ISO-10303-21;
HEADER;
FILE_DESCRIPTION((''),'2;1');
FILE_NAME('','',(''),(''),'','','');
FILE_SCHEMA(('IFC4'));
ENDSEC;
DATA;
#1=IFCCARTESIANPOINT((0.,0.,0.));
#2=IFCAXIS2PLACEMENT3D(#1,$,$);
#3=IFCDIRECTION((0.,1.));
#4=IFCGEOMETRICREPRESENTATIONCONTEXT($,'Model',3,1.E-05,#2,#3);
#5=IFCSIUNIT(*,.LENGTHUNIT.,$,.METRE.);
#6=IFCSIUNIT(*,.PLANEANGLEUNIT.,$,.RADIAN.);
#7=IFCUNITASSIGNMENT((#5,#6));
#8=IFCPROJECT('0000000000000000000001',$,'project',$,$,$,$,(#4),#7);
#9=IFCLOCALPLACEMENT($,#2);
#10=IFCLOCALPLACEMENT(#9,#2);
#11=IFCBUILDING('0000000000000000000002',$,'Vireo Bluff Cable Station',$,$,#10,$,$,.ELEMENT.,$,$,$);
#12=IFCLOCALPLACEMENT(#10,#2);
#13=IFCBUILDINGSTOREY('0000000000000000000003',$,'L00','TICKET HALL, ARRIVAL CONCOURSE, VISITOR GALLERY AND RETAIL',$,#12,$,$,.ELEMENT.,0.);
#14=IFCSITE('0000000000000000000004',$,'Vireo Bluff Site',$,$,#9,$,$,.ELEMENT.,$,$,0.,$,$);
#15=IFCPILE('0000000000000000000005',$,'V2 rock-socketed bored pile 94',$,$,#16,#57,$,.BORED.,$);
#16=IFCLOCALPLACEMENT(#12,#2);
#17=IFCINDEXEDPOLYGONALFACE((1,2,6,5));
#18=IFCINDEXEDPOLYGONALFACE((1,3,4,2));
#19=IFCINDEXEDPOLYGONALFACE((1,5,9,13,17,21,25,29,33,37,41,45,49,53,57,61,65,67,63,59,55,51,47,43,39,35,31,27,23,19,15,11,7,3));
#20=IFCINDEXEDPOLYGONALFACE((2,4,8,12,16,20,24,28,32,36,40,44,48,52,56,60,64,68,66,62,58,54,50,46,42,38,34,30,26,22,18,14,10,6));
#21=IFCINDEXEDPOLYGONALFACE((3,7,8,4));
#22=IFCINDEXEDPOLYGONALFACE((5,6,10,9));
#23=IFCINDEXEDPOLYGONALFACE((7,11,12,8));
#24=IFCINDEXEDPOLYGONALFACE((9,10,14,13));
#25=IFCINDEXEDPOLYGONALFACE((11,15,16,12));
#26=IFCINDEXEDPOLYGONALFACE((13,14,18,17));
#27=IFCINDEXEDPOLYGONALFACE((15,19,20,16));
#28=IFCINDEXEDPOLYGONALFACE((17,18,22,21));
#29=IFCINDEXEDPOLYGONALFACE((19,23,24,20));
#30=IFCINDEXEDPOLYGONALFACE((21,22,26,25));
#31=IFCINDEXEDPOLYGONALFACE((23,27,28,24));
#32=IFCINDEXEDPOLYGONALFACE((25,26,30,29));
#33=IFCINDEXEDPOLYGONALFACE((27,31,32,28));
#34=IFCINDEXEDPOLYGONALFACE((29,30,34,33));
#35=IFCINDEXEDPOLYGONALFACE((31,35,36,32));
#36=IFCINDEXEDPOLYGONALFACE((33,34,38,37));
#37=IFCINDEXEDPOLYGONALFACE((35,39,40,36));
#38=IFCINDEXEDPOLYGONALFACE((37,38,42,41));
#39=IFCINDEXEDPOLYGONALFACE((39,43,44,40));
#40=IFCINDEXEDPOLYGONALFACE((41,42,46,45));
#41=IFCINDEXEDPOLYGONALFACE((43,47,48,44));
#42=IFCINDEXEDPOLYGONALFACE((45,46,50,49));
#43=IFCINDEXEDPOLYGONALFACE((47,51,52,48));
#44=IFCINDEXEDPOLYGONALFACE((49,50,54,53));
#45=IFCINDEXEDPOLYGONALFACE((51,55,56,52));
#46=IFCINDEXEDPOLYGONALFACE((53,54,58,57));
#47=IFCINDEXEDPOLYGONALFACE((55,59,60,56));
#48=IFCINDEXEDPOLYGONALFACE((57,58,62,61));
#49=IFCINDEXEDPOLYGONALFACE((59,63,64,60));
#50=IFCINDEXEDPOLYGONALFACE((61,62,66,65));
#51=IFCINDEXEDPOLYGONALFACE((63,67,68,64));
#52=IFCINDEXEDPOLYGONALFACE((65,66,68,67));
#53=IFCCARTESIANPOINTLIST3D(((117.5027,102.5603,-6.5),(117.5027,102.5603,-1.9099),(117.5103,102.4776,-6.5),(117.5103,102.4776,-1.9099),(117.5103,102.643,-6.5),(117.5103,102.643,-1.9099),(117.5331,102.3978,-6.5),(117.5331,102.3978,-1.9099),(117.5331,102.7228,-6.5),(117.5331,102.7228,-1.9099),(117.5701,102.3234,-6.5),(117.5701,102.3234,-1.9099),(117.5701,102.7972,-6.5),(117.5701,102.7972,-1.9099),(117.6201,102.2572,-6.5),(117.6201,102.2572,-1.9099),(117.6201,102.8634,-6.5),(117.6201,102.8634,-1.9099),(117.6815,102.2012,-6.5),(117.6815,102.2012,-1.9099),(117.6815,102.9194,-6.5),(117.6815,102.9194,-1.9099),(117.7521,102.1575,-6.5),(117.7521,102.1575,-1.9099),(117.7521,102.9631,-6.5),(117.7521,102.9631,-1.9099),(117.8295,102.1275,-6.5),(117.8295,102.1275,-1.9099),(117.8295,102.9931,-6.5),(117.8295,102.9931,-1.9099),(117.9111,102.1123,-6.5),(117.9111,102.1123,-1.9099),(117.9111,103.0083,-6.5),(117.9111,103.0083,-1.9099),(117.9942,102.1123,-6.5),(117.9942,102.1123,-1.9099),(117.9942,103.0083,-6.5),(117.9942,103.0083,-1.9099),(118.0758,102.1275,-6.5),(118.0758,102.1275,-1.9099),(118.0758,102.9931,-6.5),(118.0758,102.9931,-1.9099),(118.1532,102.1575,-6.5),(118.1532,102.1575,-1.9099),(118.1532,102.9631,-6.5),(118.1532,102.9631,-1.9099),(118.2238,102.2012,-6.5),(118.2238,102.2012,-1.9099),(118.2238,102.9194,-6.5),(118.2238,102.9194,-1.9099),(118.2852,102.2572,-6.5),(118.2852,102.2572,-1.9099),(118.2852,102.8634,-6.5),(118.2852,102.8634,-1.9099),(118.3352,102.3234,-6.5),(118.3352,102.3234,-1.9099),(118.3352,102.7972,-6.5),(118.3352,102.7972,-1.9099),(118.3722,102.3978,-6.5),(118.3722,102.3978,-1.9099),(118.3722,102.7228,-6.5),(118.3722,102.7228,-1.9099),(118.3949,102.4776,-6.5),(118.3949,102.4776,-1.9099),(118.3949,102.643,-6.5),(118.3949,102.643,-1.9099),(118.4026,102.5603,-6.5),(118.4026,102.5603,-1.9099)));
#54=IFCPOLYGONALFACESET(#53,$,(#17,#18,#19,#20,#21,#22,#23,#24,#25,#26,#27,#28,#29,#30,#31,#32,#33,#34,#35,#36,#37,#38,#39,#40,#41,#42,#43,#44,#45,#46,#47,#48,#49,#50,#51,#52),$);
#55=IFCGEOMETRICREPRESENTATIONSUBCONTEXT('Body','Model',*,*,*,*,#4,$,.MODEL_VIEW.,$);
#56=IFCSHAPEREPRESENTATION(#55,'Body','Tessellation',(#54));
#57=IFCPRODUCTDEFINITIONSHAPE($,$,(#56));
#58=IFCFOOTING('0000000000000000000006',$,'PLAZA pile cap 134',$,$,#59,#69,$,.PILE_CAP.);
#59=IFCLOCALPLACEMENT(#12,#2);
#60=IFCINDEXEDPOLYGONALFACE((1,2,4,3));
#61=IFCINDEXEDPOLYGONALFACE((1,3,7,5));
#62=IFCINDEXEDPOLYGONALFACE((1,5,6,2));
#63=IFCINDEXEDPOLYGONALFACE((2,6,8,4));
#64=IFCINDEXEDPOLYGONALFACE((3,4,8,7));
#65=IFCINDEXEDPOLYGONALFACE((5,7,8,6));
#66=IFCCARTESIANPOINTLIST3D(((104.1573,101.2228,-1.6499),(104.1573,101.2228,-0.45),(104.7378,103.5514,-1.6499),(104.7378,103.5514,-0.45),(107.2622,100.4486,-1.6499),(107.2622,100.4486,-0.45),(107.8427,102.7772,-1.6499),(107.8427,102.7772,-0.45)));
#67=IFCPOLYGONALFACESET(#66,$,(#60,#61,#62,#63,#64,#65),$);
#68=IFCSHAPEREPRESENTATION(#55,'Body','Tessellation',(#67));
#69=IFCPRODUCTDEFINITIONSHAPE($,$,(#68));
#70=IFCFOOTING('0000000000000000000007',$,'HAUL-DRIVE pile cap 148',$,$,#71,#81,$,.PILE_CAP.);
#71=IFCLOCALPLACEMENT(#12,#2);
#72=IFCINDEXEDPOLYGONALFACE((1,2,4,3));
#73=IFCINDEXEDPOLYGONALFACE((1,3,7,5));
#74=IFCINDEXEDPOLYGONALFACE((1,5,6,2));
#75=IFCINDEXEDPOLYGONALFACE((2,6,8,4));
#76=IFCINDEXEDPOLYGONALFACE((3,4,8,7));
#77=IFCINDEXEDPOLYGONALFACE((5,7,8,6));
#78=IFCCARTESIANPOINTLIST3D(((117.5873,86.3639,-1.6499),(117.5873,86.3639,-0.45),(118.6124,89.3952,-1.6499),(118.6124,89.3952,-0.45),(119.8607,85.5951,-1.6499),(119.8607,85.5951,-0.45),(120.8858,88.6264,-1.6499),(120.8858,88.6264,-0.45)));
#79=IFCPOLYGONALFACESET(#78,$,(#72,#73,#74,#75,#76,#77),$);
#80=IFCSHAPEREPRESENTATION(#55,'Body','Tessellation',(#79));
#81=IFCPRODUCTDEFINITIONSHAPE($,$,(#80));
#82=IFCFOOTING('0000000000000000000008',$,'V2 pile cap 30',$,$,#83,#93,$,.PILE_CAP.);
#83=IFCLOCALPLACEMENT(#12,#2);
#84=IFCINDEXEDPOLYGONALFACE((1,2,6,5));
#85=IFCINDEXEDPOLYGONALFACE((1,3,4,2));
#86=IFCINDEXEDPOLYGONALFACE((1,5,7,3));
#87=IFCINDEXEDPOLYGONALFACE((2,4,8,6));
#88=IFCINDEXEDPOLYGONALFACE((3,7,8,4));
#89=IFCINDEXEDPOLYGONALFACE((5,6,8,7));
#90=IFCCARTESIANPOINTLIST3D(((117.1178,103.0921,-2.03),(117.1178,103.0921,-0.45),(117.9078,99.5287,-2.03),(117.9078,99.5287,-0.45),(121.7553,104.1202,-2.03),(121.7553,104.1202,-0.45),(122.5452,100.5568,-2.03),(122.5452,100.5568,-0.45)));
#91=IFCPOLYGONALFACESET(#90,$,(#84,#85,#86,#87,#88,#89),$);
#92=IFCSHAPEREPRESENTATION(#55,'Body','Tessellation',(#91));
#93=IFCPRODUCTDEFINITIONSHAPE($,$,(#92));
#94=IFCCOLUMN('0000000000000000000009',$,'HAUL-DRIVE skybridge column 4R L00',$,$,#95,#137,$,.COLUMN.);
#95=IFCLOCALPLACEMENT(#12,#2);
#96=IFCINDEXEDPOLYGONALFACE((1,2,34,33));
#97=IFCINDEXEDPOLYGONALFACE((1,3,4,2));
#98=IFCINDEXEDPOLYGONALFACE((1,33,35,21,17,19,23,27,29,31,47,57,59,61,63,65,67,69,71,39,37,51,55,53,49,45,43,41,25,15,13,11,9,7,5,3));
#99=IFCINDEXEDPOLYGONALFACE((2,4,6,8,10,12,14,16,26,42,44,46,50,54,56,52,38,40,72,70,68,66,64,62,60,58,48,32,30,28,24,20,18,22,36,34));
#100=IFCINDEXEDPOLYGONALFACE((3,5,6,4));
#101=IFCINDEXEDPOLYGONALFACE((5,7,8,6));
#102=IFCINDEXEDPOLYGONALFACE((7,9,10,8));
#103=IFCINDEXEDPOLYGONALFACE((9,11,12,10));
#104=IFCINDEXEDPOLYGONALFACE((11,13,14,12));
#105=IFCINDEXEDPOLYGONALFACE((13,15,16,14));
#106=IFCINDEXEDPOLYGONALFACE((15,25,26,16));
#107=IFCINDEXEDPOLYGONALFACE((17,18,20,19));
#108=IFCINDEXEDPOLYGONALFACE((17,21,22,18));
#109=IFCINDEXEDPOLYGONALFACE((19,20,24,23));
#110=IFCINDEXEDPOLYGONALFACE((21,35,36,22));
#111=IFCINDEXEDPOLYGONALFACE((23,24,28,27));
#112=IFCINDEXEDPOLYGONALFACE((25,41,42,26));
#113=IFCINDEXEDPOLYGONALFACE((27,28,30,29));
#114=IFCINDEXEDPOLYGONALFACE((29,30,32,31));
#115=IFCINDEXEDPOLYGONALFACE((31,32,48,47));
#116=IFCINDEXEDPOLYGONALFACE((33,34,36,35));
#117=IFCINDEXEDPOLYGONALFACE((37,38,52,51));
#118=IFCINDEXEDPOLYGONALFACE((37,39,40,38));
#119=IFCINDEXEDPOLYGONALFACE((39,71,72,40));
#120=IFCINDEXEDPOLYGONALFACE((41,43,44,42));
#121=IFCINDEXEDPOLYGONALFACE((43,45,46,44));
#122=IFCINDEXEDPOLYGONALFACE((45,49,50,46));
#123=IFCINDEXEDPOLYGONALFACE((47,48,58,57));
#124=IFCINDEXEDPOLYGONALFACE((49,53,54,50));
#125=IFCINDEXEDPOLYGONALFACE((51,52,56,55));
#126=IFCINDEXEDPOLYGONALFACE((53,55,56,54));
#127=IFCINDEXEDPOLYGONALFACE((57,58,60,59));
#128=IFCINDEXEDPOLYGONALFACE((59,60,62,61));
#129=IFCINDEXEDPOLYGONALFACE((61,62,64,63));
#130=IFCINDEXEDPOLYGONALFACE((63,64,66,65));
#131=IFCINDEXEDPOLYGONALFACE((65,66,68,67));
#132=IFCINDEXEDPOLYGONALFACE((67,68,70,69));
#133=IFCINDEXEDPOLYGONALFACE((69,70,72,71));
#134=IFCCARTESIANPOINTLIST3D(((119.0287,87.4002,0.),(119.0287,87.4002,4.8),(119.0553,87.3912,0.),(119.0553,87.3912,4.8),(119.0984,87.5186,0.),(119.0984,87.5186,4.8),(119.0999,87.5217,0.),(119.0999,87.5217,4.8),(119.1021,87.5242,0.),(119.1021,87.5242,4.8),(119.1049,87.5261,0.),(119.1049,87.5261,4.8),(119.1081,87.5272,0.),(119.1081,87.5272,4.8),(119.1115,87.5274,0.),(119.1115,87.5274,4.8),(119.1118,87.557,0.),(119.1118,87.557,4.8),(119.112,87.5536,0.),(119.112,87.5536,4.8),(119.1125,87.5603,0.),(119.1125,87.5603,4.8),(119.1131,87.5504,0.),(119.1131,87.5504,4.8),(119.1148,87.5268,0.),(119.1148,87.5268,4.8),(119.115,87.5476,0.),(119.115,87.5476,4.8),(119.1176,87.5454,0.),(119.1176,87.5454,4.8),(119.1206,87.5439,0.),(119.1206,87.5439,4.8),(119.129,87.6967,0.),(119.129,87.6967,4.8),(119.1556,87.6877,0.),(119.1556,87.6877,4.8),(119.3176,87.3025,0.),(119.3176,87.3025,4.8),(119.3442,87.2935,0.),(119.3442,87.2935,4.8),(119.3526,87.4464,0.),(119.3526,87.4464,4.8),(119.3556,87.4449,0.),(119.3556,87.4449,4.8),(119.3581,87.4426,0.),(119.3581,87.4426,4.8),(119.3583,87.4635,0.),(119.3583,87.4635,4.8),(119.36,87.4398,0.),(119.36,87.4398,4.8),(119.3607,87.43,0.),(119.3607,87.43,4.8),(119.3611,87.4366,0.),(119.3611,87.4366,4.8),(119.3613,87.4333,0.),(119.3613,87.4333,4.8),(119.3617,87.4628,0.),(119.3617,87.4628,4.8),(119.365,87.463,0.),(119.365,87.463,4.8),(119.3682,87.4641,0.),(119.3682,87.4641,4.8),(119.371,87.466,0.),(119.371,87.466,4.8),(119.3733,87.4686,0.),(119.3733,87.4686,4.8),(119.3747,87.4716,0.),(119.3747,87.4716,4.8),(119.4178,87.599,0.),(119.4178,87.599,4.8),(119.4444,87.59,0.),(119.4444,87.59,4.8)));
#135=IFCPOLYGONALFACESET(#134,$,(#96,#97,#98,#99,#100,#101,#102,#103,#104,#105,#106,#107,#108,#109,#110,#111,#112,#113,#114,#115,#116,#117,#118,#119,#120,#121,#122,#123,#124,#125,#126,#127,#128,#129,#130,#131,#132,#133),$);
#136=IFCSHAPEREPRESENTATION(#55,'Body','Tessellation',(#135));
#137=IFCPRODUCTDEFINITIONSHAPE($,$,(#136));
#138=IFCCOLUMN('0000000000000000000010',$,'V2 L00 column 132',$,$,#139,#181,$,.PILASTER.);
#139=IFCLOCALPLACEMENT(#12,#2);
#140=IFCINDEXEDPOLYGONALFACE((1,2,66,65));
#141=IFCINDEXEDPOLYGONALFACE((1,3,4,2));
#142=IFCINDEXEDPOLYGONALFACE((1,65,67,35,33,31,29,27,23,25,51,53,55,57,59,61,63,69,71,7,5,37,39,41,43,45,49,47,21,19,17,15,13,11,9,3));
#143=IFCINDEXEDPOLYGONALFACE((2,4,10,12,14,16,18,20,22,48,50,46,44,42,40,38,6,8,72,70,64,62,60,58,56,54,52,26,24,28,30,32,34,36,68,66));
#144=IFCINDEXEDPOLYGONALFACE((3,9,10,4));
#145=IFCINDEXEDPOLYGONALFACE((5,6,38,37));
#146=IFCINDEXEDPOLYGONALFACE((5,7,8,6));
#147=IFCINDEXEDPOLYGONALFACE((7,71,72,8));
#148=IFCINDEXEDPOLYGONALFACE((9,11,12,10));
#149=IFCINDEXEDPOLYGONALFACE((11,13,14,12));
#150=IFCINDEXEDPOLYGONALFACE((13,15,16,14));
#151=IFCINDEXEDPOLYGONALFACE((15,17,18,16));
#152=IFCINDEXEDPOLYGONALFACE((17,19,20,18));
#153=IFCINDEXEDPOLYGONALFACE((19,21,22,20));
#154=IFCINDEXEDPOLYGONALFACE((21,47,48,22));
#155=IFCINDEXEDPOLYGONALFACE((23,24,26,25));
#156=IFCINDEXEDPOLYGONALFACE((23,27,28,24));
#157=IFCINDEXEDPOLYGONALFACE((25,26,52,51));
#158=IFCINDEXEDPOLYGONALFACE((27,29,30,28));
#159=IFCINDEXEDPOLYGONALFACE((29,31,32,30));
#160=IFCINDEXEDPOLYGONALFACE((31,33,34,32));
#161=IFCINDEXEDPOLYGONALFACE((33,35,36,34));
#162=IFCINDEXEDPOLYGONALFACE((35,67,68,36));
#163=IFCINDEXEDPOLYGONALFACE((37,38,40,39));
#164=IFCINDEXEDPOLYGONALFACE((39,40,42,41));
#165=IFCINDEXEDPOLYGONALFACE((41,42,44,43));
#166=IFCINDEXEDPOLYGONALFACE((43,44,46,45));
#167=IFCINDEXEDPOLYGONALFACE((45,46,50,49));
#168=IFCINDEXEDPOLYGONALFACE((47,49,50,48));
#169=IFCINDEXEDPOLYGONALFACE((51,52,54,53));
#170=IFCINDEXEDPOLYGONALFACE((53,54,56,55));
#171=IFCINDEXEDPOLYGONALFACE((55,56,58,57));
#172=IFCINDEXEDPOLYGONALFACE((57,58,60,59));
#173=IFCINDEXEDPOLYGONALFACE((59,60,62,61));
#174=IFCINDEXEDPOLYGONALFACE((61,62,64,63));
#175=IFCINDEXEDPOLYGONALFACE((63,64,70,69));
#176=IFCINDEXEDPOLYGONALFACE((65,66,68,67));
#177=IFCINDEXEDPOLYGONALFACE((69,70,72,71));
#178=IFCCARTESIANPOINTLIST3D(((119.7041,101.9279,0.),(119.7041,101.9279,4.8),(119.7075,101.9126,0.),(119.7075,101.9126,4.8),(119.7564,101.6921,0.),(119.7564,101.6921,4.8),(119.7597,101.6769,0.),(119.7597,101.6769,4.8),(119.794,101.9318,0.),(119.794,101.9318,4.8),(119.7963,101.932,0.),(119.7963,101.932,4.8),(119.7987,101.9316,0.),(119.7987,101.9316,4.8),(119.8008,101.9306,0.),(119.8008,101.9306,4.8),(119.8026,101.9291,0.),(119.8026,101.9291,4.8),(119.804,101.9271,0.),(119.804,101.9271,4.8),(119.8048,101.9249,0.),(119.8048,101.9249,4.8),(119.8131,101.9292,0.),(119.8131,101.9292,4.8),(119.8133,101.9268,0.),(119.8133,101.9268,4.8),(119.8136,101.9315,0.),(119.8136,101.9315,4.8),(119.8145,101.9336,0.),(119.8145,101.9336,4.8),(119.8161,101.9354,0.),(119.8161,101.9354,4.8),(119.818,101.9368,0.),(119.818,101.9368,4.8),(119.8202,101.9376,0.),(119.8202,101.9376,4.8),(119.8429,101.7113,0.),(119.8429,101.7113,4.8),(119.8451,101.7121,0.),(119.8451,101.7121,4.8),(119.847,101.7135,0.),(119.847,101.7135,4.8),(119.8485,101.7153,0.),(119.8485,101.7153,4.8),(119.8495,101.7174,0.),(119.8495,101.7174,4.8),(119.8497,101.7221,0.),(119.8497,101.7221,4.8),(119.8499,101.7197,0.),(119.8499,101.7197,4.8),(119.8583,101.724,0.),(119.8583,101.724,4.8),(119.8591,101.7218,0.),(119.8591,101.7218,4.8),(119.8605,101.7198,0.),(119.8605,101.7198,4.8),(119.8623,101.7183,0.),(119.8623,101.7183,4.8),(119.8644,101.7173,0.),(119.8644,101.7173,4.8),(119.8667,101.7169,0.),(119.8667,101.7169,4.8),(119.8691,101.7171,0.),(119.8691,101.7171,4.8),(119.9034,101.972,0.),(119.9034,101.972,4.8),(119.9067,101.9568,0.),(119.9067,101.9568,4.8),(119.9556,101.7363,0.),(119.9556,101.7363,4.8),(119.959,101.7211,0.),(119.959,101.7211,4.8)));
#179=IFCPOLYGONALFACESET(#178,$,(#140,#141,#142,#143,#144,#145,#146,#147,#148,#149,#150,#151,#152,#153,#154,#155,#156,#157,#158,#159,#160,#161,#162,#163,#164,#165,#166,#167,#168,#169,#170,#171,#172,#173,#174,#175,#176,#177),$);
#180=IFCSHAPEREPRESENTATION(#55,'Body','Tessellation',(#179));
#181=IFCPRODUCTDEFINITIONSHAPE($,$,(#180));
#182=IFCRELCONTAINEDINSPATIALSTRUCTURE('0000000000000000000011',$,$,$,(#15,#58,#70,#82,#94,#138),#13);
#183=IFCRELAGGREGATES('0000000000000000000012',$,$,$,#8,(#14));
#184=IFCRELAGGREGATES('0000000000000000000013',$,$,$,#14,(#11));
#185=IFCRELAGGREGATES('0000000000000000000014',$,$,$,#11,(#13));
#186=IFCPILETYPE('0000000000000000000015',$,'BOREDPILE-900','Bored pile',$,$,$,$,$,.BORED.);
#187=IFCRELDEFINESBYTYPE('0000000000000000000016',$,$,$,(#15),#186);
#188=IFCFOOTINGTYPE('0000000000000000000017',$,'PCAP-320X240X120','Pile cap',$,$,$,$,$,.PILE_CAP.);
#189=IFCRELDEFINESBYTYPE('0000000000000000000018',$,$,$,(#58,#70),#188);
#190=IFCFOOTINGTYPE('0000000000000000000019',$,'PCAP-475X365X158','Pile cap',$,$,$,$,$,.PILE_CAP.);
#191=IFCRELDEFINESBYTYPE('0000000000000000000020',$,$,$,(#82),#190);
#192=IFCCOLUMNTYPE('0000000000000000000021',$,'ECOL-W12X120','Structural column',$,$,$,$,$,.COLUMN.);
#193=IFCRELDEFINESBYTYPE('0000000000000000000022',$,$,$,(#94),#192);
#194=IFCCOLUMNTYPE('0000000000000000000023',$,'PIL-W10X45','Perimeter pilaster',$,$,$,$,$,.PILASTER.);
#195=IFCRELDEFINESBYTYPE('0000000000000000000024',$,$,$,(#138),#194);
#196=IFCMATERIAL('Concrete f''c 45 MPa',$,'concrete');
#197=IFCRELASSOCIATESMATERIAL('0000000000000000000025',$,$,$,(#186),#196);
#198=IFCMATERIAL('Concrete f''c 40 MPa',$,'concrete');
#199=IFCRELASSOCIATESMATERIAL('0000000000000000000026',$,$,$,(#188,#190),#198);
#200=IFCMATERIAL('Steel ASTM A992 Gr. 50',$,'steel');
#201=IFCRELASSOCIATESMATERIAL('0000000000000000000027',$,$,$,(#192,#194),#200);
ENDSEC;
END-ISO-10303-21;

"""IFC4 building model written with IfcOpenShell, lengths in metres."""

from ifc_helpers import new_model, si_unit, direction, frame, origin, origin_2d, place, context, subcontext, project, spatial, rectangle, circle, i_section, extrude, material, material_profile, profile_set, type_object, element, save


model = new_model("IFC4")

# Units and contexts
model_context = context("Model", 3, precision=1e-05, world=origin(), true_north=direction((0.0, 1.0)))
body_context = subcontext(model_context, "Body", "Model", "MODEL_VIEW")
ifc_project = project(units=[si_unit("LENGTHUNIT", "METRE"), si_unit("PLANEANGLEUNIT", "RADIAN")], contexts=[model_context])

# Site, building, storey
site_placement = place(None, origin())
site = spatial("IfcSite", under=ifc_project, at=site_placement, Name="Vireo Bluff Site", CompositionType="ELEMENT", RefElevation=0.0)
building_placement = place(site_placement, origin())
building = spatial("IfcBuilding", under=site, at=building_placement, Name="Vireo Bluff Cable Station", CompositionType="ELEMENT")
storey_placement = place(building_placement, origin())
storey = spatial("IfcBuildingStorey", under=building, at=storey_placement, Name="L00", Description="TICKET HALL, ARRIVAL CONCOURSE, VISITOR GALLERY AND RETAIL", CompositionType="ELEMENT", Elevation=0.0)

# Pile
ifc_material_1 = material(Name="Concrete f'c 45 MPa", Category="concrete")
ifc_material_profile_1 = material_profile(ifc_material_1, circle(Radius=0.45, at=origin_2d()), Name="BOREDPILE-900")
ifc_profile_set_1 = profile_set([ifc_material_profile_1], Name="Concrete f'c 45 MPa")
pile_type_1 = type_object("IfcPileType", Name="BOREDPILE-900", Description="Bored pile", PredefinedType="BORED", material=ifc_profile_set_1)
for number, where, z_axis, x_axis, name in (
    (1, (117.9526, 102.5603, -1.9099), (0.0, 0.0, -1.0), (1.0, 0.0, 0.0), "V2 rock-socketed bored pile 94"),
):
    element("IfcPile", number, at=place(storey_placement, frame(where, z_axis=z_axis, x_axis=x_axis)), inside=storey, type_object=pile_type_1, Name=name, PredefinedType="BORED", context=body_context, shape_type="SweptSolid", body=[
        extrude(circle(Radius=0.45, at=origin_2d()), origin(), (0.0, 0.0, 1.0), 4.5901),
    ])

# Footings
ifc_material_2 = material(Name="Concrete f'c 40 MPa", Category="concrete")
footing_type_1 = type_object("IfcFootingType", Name="PCAP-320X240X120", Description="Pile cap", PredefinedType="PILE_CAP", material=ifc_material_2)
for number, where, z_axis, x_axis, name in (
    (2, (106.0, 102.0, -1.6499), (0.0, 0.0, 1.0), (0.970296, -0.241922, 0.0), "PLAZA pile cap 134"),
    (3, (119.2366, 87.4951, -1.6499), (0.0, 0.0, 1.0), (0.320352, 0.947299, 0.0), "HAUL-DRIVE pile cap 148"),
):
    element("IfcFooting", number, at=place(storey_placement, frame(where, z_axis=z_axis, x_axis=x_axis)), inside=storey, type_object=footing_type_1, Name=name, PredefinedType="PILE_CAP", context=body_context, shape_type="SweptSolid", body=[
        extrude(rectangle(XDim=3.2, YDim=2.3999, at=origin_2d()), origin(), (0.0, 0.0, 1.0), 1.2),
    ])
footing_type_2 = type_object("IfcFootingType", Name="PCAP-475X365X158", Description="Pile cap", PredefinedType="PILE_CAP", material=ifc_material_2)
footing_placement = place(storey_placement, frame((119.8315, 101.8245, -2.03), z_axis=(0.0, 0.0, 1.0), x_axis=(0.976296, 0.21644, 0.0)))
element("IfcFooting", 4, at=footing_placement, inside=storey, type_object=footing_type_2, Name="V2 pile cap 30", PredefinedType="PILE_CAP", context=body_context, shape_type="SweptSolid", body=[
    extrude(rectangle(XDim=4.75, YDim=3.6499, at=origin_2d()), origin(), (0.0, 0.0, 1.0), 1.5801),
])

# Columns
ifc_material_3 = material(Name="Steel ASTM A992 Gr. 50", Category="steel")
ifc_material_profile_2 = material_profile(ifc_material_3, i_section(OverallWidth=0.313, OverallDepth=0.333, WebThickness=0.0181, FlangeThickness=0.0281, FilletRadius=0.0129, at=origin_2d()), Name="W12X120")
ifc_profile_set_2 = profile_set([ifc_material_profile_2], Name="Steel ASTM A992 Gr. 50")
column_type_1 = type_object("IfcColumnType", Name="ECOL-W12X120", Description="Structural column", PredefinedType="COLUMN", material=ifc_profile_set_2)
column_1_placement = place(storey_placement, frame((119.2366, 87.4951, 0.0), z_axis=(0.0, 0.0, 1.0), x_axis=(0.320352, 0.947299, 0.0)))
element("IfcColumn", 5, at=column_1_placement, inside=storey, type_object=column_type_1, Name="HAUL-DRIVE skybridge column 4R L00", PredefinedType="COLUMN", context=body_context, shape_type="SweptSolid", body=[
    extrude(i_section(OverallWidth=0.313, OverallDepth=0.333, WebThickness=0.0181, FlangeThickness=0.0281, FilletRadius=0.0129, at=origin_2d()), origin(), (0.0, 0.0, 1.0), 4.8),
])
ifc_material_profile_3 = material_profile(ifc_material_3, i_section(OverallWidth=0.2041, OverallDepth=0.2571, WebThickness=0.0088, FlangeThickness=0.0156, FilletRadius=0.009, at=origin_2d()), Name="W10X45")
ifc_profile_set_3 = profile_set([ifc_material_profile_3], Name="Steel ASTM A992 Gr. 50")
column_type_2 = type_object("IfcColumnType", Name="PIL-W10X45", Description="Perimeter pilaster", PredefinedType="PILASTER", material=ifc_profile_set_3)
column_2_placement = place(storey_placement, frame((119.8315, 101.8245, 0.0), z_axis=(0.0, 0.0, 1.0), x_axis=(0.976296, 0.21644, 0.0)))
element("IfcColumn", 6, at=column_2_placement, inside=storey, type_object=column_type_2, Name="V2 L00 column 132", PredefinedType="PILASTER", context=body_context, shape_type="SweptSolid", body=[
    extrude(i_section(OverallWidth=0.2041, OverallDepth=0.2571, WebThickness=0.0088, FlangeThickness=0.0156, FilletRadius=0.009, at=origin_2d()), origin(), (0.0, 0.0, 1.0), 4.8),
])

save(model, "model.ifc")
